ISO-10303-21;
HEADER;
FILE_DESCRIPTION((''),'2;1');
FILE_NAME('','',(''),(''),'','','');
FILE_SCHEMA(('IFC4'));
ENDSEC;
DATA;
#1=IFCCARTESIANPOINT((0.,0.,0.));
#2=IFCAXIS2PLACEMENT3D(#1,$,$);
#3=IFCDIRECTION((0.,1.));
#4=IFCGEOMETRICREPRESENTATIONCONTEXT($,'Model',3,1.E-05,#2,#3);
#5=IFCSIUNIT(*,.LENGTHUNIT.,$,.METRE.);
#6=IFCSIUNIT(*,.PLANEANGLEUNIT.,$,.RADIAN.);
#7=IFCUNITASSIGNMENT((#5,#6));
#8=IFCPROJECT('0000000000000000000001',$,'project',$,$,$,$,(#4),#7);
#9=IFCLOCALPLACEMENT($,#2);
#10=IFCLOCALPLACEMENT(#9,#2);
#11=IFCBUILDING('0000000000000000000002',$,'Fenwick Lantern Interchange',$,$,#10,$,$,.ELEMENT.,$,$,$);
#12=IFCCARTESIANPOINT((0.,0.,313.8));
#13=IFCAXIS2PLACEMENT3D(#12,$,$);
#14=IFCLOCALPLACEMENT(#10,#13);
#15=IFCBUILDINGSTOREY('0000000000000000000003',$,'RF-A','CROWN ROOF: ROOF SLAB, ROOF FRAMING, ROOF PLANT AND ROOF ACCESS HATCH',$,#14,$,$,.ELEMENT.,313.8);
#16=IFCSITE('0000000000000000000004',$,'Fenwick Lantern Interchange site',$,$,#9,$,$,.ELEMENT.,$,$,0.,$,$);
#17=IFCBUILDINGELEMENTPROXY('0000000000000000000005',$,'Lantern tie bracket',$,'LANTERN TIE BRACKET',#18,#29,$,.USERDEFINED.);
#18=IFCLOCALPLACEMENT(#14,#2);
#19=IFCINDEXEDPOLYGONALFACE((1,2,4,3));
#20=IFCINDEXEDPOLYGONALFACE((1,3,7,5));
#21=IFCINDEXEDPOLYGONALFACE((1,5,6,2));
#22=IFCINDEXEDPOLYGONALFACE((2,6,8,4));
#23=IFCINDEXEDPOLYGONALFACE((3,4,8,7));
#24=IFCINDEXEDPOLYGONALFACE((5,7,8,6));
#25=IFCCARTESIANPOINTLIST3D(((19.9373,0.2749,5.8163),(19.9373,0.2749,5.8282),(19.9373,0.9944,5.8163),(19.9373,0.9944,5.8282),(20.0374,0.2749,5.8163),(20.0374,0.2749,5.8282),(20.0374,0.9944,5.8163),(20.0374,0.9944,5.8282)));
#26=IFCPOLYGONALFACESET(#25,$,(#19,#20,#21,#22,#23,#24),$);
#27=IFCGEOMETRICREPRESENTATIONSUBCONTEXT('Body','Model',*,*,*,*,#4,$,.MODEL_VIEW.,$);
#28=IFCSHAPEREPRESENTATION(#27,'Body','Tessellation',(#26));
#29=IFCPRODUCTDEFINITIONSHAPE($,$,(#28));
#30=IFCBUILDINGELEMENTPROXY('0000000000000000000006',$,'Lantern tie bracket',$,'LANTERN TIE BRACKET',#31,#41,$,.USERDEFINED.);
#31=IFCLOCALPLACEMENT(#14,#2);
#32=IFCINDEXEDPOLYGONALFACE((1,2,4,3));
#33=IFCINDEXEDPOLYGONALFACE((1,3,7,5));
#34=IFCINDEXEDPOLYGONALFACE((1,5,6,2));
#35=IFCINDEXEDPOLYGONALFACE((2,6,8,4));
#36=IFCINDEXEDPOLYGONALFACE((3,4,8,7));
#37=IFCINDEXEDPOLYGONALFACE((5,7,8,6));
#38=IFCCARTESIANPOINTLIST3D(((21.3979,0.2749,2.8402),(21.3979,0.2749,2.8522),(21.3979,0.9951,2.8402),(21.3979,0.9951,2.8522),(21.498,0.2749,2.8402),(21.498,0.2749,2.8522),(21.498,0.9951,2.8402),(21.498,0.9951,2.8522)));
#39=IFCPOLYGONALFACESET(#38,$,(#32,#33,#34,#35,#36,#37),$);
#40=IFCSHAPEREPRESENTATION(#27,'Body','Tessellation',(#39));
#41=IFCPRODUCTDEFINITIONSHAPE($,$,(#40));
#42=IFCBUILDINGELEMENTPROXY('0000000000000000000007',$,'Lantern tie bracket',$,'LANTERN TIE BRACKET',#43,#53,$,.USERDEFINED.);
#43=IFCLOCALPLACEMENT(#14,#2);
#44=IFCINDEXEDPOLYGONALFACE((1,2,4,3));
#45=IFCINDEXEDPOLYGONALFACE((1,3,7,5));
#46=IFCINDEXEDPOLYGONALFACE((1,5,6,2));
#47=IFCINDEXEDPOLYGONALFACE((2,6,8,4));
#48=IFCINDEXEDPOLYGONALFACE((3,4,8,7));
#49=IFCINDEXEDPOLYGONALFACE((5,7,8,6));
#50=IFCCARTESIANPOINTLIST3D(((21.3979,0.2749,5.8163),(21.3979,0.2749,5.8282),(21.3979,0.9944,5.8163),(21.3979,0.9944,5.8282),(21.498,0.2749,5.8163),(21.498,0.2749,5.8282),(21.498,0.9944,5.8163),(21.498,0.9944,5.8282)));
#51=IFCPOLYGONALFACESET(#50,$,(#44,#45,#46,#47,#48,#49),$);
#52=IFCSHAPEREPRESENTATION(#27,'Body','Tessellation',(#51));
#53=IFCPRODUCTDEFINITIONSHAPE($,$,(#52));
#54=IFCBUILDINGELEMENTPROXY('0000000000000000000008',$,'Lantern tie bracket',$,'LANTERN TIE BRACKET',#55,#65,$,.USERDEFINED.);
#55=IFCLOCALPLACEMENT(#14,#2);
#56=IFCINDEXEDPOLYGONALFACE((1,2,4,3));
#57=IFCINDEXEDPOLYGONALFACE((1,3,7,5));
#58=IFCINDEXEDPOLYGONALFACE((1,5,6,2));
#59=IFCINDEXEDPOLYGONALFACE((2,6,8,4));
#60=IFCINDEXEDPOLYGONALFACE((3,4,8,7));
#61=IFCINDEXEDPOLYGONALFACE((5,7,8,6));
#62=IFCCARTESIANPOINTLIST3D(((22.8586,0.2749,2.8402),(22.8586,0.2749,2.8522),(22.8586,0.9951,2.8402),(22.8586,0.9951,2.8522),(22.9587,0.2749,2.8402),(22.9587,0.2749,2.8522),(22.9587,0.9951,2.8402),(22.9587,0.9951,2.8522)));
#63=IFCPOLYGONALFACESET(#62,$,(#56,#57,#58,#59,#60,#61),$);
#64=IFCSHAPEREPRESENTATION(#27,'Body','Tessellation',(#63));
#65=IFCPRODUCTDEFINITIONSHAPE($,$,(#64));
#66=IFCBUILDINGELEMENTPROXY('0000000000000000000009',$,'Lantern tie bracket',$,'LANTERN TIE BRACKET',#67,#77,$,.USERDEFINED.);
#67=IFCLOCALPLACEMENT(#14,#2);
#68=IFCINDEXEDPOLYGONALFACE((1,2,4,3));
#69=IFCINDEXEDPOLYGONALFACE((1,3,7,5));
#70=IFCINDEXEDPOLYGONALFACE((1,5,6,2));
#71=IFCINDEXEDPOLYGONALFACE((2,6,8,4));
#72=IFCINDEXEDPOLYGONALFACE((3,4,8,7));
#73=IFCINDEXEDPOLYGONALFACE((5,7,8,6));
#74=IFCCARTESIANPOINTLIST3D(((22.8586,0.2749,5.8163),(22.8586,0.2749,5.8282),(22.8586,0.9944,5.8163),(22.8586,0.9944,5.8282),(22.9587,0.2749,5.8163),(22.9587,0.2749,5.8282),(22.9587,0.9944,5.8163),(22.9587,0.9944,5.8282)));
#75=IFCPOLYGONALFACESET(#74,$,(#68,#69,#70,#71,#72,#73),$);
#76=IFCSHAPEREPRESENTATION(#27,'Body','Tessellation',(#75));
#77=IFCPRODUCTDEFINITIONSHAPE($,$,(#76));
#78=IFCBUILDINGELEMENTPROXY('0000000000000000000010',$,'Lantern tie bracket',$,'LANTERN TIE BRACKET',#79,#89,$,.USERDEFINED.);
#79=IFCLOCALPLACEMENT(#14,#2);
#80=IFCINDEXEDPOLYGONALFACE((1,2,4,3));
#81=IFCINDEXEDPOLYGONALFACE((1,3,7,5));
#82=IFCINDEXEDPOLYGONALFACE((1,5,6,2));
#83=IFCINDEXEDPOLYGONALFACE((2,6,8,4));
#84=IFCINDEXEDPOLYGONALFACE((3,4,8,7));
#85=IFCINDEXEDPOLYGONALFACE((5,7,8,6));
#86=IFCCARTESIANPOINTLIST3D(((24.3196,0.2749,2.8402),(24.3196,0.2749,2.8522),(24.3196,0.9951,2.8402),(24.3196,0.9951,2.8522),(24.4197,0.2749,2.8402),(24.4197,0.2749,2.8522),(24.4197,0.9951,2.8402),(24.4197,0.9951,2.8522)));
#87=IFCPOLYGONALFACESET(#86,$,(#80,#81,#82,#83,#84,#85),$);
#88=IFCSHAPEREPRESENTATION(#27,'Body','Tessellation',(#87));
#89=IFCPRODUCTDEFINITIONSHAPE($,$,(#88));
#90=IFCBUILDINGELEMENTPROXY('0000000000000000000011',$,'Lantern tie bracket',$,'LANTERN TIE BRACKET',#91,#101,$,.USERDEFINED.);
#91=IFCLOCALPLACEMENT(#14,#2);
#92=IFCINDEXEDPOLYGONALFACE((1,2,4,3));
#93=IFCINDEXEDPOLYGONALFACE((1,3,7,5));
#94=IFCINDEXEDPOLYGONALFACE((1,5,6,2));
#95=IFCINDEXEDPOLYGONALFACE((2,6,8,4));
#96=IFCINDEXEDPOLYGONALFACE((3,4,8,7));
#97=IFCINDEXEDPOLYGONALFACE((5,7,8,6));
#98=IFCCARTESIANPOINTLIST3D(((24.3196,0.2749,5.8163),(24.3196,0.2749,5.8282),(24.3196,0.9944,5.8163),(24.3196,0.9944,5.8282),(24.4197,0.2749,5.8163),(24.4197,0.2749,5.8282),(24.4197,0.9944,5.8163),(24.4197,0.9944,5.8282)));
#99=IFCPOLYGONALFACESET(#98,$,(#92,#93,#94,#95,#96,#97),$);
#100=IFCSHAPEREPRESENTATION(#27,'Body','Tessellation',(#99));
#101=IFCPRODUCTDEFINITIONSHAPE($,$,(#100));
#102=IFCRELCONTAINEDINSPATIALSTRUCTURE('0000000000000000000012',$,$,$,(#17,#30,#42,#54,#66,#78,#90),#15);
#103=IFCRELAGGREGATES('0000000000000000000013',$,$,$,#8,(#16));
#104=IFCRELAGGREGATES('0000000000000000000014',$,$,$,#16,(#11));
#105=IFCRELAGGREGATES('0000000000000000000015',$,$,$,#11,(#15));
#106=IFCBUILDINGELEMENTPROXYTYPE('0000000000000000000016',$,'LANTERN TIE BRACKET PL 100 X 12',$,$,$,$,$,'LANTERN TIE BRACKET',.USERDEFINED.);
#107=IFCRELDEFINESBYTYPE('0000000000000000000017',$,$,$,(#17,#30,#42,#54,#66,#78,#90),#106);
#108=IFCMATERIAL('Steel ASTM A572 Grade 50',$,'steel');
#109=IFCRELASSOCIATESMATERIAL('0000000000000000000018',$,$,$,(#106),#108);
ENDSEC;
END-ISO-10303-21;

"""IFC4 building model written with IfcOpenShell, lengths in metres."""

from ifc_helpers import new_model, si_unit, direction, frame, origin, origin_2d, place, context, subcontext, project, spatial, rectangle, extrude, material, material_profile, profile_set, type_object, element, save


model = new_model("IFC4")

# Units and contexts
model_context = context("Model", 3, precision=1e-05, world=origin(), true_north=direction((0.0, 1.0)))
body_context = subcontext(model_context, "Body", "Model", "MODEL_VIEW")
ifc_project = project(units=[si_unit("LENGTHUNIT", "METRE"), si_unit("PLANEANGLEUNIT", "RADIAN")], contexts=[model_context])

# Site, building, storey
site_placement = place(None, origin())
site = spatial("IfcSite", under=ifc_project, at=site_placement, Name="Fenwick Lantern Interchange site", CompositionType="ELEMENT", RefElevation=0.0)
building_placement = place(site_placement, origin())
building = spatial("IfcBuilding", under=site, at=building_placement, Name="Fenwick Lantern Interchange", CompositionType="ELEMENT")
storey_placement = place(building_placement, frame((0.0, 0.0, 313.8)))
storey = spatial("IfcBuildingStorey", under=building, at=storey_placement, Name="RF-A", Description="CROWN ROOF: ROOF SLAB, ROOF FRAMING, ROOF PLANT AND ROOF ACCESS HATCH", CompositionType="ELEMENT", Elevation=313.8)

# Building element proxies
ifc_material_1 = material(Name="Steel ASTM A572 Grade 50", Category="steel")
ifc_material_profile_1 = material_profile(ifc_material_1, rectangle(XDim=0.1001, YDim=0.012, at=origin_2d()), Name="PL100X12")
ifc_profile_set_1 = profile_set([ifc_material_profile_1], Name="Steel ASTM A572 Grade 50")
building_element_proxy_type = type_object("IfcBuildingElementProxyType", Name="LANTERN TIE BRACKET PL 100 X 12", ElementType="LANTERN TIE BRACKET", PredefinedType="USERDEFINED", material=ifc_profile_set_1)
proxy_1_placement = place(storey_placement, frame((19.9873, 0.2749, 5.8223), z_axis=(0.0, 1.0, 0.0), x_axis=(-1.0, 0.0, 0.0)))
element("IfcBuildingElementProxy", 1, at=proxy_1_placement, inside=storey, type_object=building_element_proxy_type, Name="Lantern tie bracket", ObjectType="LANTERN TIE BRACKET", PredefinedType="USERDEFINED", context=body_context, shape_type="SweptSolid", body=[
    extrude(rectangle(XDim=0.1001, YDim=0.012, at=origin_2d()), origin(), (0.0, 0.0, 1.0), 0.7195),
])
proxy_2_placement = place(storey_placement, frame((21.448, 0.2749, 2.8462), z_axis=(0.0, 1.0, 0.0), x_axis=(-1.0, 0.0, 0.0)))
element("IfcBuildingElementProxy", 2, at=proxy_2_placement, inside=storey, type_object=building_element_proxy_type, Name="Lantern tie bracket", ObjectType="LANTERN TIE BRACKET", PredefinedType="USERDEFINED", context=body_context, shape_type="SweptSolid", body=[
    extrude(rectangle(XDim=0.1001, YDim=0.012, at=origin_2d()), origin(), (0.0, 0.0, 1.0), 0.7202),
])
proxy_3_placement = place(storey_placement, frame((21.448, 0.2749, 5.8223), z_axis=(0.0, 1.0, 0.0), x_axis=(-1.0, 0.0, 0.0)))
element("IfcBuildingElementProxy", 3, at=proxy_3_placement, inside=storey, type_object=building_element_proxy_type, Name="Lantern tie bracket", ObjectType="LANTERN TIE BRACKET", PredefinedType="USERDEFINED", context=body_context, shape_type="SweptSolid", body=[
    extrude(rectangle(XDim=0.1001, YDim=0.012, at=origin_2d()), origin(), (0.0, 0.0, 1.0), 0.7195),
])
proxy_4_placement = place(storey_placement, frame((22.9087, 0.2749, 2.8462), z_axis=(0.0, 1.0, 0.0), x_axis=(-1.0, 0.0, 0.0)))
element("IfcBuildingElementProxy", 4, at=proxy_4_placement, inside=storey, type_object=building_element_proxy_type, Name="Lantern tie bracket", ObjectType="LANTERN TIE BRACKET", PredefinedType="USERDEFINED", context=body_context, shape_type="SweptSolid", body=[
    extrude(rectangle(XDim=0.1001, YDim=0.012, at=origin_2d()), origin(), (0.0, 0.0, 1.0), 0.7202),
])
proxy_5_placement = place(storey_placement, frame((22.9087, 0.2749, 5.8223), z_axis=(0.0, 1.0, 0.0), x_axis=(-1.0, 0.0, 0.0)))
element("IfcBuildingElementProxy", 5, at=proxy_5_placement, inside=storey, type_object=building_element_proxy_type, Name="Lantern tie bracket", ObjectType="LANTERN TIE BRACKET", PredefinedType="USERDEFINED", context=body_context, shape_type="SweptSolid", body=[
    extrude(rectangle(XDim=0.1001, YDim=0.012, at=origin_2d()), origin(), (0.0, 0.0, 1.0), 0.7195),
])
proxy_6_placement = place(storey_placement, frame((24.3696, 0.2749, 2.8462), z_axis=(0.0, 1.0, 0.0), x_axis=(-1.0, 0.0, 0.0)))
element("IfcBuildingElementProxy", 6, at=proxy_6_placement, inside=storey, type_object=building_element_proxy_type, Name="Lantern tie bracket", ObjectType="LANTERN TIE BRACKET", PredefinedType="USERDEFINED", context=body_context, shape_type="SweptSolid", body=[
    extrude(rectangle(XDim=0.1001, YDim=0.012, at=origin_2d()), origin(), (0.0, 0.0, 1.0), 0.7202),
])
proxy_7_placement = place(storey_placement, frame((24.3696, 0.2749, 5.8223), z_axis=(0.0, 1.0, 0.0), x_axis=(-1.0, 0.0, 0.0)))
element("IfcBuildingElementProxy", 7, at=proxy_7_placement, inside=storey, type_object=building_element_proxy_type, Name="Lantern tie bracket", ObjectType="LANTERN TIE BRACKET", PredefinedType="USERDEFINED", context=body_context, shape_type="SweptSolid", body=[
    extrude(rectangle(XDim=0.1001, YDim=0.012, at=origin_2d()), origin(), (0.0, 0.0, 1.0), 0.7195),
])

save(model, "model.ifc")
